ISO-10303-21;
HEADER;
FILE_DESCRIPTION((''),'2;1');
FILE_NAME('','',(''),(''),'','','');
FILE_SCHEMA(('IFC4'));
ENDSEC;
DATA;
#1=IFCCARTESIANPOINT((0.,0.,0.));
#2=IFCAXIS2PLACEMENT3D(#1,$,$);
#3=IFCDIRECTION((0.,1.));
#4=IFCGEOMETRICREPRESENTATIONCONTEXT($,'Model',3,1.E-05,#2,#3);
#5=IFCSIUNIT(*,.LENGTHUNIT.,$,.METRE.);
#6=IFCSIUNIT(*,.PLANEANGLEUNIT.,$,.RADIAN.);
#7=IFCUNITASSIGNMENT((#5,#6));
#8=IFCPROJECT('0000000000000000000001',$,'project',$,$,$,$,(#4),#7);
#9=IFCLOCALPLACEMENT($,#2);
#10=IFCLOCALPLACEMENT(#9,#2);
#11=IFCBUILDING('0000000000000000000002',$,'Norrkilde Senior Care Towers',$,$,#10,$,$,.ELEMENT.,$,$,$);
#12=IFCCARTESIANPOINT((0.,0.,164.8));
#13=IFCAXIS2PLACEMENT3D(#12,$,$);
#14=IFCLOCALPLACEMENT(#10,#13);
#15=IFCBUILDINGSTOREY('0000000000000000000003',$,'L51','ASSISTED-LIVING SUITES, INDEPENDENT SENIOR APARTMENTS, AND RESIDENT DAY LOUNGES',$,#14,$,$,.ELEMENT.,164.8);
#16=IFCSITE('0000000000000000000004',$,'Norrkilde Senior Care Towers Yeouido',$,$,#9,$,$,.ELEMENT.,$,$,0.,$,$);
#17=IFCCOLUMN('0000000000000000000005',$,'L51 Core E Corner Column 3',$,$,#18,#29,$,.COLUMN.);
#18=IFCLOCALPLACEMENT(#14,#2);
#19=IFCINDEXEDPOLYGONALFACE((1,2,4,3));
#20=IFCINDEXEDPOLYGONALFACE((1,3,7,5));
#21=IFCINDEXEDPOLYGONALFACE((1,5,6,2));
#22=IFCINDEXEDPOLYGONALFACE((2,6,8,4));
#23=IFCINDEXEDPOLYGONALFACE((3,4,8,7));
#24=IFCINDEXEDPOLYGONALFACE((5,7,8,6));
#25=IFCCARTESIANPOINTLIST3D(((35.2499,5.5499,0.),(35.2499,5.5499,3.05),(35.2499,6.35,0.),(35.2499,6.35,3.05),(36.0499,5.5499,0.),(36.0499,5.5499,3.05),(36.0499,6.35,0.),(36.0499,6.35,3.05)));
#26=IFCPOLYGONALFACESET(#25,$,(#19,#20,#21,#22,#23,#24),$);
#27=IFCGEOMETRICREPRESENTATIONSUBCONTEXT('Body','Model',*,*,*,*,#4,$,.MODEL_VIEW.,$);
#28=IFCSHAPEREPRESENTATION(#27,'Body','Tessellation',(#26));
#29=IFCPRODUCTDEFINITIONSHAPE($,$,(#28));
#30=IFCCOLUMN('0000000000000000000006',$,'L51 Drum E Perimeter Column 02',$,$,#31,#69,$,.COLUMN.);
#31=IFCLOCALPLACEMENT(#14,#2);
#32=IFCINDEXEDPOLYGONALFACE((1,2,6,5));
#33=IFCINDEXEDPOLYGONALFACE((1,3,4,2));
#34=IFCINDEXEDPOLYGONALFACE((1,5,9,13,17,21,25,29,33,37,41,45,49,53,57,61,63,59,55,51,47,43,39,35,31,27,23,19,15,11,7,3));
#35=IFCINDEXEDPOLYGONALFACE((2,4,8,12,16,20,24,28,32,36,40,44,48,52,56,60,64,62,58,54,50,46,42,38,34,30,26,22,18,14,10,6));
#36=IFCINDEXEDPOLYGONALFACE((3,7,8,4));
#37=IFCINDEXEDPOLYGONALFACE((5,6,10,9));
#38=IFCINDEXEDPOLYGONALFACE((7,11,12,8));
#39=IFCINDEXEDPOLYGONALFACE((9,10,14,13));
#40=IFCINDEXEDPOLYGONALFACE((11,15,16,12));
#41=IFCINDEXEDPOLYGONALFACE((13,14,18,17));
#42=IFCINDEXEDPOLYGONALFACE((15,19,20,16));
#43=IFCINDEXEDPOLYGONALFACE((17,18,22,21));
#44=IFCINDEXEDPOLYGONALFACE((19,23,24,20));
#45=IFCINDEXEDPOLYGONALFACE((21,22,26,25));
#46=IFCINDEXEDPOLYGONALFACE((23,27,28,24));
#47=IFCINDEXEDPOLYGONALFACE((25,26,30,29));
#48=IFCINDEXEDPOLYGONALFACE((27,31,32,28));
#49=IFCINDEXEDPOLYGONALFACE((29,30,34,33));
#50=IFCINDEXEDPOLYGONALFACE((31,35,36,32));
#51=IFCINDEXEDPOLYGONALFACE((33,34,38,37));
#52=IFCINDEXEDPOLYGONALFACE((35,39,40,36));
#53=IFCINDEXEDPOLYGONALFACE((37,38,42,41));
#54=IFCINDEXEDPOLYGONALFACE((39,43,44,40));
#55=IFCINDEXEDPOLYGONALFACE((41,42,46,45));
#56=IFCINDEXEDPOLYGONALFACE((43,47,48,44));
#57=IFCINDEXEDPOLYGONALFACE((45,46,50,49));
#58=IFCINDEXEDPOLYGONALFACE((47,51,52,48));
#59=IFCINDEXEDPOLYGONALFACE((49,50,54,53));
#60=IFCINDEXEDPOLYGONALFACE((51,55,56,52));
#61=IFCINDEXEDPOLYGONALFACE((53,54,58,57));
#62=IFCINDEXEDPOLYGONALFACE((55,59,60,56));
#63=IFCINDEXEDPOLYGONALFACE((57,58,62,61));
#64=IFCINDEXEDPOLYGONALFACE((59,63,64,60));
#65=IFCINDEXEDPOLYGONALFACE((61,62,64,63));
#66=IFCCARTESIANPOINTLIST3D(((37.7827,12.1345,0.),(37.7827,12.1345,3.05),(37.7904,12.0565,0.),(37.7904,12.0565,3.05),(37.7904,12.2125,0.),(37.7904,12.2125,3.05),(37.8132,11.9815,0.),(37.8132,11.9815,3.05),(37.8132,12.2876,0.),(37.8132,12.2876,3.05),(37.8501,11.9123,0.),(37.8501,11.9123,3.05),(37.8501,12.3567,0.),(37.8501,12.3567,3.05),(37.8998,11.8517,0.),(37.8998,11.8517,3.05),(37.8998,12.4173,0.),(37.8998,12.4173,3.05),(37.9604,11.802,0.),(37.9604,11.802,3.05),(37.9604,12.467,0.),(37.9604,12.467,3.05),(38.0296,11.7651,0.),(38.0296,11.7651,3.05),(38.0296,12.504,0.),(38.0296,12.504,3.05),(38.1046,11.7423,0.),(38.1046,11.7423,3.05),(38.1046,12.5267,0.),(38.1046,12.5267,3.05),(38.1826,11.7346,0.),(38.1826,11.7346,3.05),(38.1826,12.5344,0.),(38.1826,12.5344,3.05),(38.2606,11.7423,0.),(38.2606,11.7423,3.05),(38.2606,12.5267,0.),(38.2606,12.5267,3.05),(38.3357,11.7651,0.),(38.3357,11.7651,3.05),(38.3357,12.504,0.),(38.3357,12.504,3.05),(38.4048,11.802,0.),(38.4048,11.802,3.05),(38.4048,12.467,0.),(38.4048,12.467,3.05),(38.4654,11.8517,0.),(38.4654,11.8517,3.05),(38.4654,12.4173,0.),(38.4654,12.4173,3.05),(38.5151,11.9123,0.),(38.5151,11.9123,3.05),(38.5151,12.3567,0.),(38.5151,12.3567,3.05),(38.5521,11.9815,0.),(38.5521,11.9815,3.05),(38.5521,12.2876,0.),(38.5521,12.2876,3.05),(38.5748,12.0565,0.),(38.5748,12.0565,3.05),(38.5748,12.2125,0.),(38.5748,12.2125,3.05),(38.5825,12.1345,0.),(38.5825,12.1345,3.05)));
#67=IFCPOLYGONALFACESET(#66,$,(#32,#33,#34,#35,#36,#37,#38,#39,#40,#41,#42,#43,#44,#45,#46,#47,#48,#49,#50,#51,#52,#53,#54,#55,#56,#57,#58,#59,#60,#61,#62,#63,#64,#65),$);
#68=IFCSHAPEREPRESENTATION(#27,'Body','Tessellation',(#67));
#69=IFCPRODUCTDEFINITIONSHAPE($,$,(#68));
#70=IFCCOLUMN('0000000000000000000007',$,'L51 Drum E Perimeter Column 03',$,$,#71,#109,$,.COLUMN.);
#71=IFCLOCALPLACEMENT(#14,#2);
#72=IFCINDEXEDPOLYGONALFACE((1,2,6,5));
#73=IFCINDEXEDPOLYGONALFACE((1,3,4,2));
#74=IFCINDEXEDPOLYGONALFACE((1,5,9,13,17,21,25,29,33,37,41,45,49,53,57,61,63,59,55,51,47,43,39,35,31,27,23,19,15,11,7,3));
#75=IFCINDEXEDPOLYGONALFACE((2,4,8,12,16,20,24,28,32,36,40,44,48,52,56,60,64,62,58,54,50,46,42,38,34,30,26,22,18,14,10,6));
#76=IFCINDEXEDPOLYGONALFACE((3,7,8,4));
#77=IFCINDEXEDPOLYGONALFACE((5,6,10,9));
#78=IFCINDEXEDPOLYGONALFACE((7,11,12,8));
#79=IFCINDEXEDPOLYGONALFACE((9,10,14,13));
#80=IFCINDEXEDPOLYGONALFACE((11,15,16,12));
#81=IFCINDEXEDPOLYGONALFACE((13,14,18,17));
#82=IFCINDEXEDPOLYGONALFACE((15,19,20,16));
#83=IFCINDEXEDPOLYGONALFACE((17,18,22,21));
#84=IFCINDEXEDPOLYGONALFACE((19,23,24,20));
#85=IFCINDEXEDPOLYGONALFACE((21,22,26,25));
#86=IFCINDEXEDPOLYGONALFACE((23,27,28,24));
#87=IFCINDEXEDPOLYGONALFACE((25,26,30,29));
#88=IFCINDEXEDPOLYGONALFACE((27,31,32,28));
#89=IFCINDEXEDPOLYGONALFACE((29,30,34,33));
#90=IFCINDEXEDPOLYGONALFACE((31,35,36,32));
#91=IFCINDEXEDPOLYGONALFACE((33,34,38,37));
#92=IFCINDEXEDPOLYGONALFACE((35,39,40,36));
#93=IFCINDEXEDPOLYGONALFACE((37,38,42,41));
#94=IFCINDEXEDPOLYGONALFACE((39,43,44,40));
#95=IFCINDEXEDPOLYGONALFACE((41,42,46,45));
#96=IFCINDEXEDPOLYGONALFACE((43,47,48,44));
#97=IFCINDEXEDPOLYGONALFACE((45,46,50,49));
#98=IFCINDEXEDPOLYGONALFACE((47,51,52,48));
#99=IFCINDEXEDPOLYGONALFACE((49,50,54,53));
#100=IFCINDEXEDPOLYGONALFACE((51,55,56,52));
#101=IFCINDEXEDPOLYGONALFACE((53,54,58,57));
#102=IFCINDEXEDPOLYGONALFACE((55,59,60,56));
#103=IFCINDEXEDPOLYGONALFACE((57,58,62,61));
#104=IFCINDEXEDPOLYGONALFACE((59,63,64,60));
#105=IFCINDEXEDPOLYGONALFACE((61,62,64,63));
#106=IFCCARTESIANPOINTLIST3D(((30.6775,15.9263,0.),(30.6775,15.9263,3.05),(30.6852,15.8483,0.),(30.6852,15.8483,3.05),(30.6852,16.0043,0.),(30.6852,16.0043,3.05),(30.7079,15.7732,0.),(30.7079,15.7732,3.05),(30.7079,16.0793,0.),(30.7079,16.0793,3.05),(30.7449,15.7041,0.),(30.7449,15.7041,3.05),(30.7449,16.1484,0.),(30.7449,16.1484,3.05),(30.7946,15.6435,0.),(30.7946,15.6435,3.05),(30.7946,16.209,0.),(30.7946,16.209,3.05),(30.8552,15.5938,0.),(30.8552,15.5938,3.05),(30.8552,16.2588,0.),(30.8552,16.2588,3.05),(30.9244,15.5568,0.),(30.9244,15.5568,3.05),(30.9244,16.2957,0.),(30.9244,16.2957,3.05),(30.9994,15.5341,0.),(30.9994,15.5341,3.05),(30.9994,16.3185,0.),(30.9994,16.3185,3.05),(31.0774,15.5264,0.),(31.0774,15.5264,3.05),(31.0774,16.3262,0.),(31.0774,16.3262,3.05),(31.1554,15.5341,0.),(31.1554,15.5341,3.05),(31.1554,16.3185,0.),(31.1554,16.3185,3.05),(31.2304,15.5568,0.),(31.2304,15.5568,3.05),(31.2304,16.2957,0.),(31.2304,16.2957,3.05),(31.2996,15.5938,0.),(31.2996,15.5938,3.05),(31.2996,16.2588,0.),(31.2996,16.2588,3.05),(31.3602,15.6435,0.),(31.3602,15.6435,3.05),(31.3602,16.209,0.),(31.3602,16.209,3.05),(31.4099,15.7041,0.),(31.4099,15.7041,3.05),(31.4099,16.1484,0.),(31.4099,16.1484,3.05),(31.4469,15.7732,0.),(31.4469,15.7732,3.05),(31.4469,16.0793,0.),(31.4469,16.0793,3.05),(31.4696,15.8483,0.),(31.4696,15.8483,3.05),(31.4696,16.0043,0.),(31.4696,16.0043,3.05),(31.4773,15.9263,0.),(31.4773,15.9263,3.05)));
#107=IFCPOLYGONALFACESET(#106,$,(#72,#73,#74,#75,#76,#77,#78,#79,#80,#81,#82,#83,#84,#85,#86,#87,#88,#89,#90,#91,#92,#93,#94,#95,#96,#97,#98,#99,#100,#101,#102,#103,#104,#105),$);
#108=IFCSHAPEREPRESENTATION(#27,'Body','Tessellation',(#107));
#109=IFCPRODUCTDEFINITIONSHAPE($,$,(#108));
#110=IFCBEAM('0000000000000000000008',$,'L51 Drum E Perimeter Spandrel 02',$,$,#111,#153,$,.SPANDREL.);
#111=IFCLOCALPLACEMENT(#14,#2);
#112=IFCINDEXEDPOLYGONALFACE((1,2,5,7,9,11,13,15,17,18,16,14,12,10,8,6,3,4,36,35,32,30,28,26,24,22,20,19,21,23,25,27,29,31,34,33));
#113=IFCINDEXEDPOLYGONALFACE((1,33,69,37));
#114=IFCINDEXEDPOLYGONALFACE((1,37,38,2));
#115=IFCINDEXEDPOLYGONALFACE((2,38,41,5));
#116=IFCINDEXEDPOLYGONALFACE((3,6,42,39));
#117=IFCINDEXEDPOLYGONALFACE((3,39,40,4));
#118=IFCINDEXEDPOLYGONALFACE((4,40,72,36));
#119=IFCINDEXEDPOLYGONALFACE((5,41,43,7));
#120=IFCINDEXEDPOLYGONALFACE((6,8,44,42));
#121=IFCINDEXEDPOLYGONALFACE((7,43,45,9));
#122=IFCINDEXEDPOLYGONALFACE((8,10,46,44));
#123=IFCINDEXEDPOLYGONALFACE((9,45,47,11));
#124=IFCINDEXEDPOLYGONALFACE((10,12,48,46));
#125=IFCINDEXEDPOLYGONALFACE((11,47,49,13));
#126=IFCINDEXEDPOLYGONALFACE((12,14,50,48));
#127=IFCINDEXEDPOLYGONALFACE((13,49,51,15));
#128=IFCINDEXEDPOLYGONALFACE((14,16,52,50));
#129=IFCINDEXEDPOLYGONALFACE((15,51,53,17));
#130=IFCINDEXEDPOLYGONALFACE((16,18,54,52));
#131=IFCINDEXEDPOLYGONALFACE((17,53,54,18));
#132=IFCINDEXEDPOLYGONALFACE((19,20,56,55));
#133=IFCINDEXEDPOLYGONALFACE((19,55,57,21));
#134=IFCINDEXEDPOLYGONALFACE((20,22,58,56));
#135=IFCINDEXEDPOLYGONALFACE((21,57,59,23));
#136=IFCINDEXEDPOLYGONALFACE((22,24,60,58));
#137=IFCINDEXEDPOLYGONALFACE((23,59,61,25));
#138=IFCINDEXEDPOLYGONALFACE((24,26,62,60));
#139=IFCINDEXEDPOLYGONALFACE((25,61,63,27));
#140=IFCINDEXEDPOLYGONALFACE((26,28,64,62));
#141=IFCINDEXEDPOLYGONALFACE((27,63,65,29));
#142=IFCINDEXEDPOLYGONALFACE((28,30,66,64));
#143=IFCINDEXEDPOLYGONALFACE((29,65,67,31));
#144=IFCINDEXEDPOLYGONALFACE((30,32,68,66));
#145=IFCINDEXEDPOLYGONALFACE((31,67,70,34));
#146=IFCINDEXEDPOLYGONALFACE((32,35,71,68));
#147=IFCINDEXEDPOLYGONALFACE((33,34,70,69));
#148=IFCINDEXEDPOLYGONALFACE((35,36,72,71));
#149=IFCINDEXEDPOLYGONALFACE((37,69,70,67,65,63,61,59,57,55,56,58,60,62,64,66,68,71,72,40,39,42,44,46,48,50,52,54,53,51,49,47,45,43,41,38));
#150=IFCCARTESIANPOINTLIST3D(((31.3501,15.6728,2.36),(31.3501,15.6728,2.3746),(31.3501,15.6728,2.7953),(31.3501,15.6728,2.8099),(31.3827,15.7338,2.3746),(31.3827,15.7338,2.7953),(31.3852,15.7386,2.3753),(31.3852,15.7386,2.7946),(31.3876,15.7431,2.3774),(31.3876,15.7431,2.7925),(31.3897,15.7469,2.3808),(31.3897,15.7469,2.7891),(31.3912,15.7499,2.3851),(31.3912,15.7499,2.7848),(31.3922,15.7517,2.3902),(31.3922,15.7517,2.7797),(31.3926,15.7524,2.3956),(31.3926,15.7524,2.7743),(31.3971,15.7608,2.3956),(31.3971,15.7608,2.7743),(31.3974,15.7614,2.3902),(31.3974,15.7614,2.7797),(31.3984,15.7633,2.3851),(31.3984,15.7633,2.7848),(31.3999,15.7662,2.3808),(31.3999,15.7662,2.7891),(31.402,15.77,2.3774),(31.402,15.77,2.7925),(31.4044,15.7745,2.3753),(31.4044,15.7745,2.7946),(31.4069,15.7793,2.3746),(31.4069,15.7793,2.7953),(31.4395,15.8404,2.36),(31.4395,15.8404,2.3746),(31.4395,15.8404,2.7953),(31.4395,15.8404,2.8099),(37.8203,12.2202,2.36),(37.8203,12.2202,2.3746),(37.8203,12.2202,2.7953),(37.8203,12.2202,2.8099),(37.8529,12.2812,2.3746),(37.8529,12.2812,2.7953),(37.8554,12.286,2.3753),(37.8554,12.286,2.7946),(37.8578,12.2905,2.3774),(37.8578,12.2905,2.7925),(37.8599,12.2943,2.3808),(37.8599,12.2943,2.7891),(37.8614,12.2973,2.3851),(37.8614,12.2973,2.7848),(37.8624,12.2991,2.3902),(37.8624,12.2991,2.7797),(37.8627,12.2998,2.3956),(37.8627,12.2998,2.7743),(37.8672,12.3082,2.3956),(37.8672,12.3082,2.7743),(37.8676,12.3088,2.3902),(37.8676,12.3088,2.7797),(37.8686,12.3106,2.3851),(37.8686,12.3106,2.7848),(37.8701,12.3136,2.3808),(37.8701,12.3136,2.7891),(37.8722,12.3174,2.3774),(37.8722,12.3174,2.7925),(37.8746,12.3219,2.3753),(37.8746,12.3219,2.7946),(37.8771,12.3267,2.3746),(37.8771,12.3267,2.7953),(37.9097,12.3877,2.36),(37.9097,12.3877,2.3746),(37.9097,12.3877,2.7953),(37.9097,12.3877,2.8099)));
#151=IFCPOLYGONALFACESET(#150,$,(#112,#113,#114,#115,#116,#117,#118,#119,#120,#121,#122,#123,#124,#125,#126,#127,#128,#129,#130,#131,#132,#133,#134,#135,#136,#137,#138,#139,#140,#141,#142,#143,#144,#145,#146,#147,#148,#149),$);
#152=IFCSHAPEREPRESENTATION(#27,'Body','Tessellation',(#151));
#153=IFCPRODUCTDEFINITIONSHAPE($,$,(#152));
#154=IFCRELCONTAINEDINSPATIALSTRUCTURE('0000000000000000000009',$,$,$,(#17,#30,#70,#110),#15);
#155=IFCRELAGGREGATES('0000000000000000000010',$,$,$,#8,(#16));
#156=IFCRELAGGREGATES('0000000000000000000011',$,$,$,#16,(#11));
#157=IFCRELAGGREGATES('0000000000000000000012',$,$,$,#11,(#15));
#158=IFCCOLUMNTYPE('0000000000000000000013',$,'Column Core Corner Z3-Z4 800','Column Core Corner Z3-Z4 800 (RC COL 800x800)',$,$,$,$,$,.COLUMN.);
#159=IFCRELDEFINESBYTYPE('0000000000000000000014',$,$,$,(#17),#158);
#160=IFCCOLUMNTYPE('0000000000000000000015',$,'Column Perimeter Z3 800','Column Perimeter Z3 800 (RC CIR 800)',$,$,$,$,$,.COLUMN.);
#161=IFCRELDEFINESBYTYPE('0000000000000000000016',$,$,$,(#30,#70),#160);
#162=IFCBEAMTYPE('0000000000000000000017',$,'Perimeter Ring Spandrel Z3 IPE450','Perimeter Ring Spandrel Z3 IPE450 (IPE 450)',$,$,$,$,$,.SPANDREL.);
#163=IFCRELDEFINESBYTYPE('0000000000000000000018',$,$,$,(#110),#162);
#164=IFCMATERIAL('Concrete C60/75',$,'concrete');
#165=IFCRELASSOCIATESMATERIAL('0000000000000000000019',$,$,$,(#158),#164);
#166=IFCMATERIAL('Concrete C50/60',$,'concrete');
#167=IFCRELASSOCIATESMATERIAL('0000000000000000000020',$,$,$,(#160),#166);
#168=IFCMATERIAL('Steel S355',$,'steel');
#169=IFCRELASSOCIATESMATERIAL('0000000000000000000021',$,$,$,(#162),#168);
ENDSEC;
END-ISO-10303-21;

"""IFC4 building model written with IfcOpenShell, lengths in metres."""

from ifc_helpers import new_model, si_unit, direction, frame, origin, origin_2d, place, context, subcontext, project, spatial, rectangle, circle, i_section, extrude, source, transform, mapped, material, material_profile, profile_set, type_object, type_shapes, element, save


model = new_model("IFC4")

# Units and contexts
model_context = context("Model", 3, precision=1e-05, world=origin(), true_north=direction((0.0, 1.0)))
body_context = subcontext(model_context, "Body", "Model", "MODEL_VIEW")
ifc_project = project(units=[si_unit("LENGTHUNIT", "METRE"), si_unit("PLANEANGLEUNIT", "RADIAN")], contexts=[model_context])

# Site, building, storey
site_placement = place(None, origin())
site = spatial("IfcSite", under=ifc_project, at=site_placement, Name="Norrkilde Senior Care Towers Yeouido", CompositionType="ELEMENT", RefElevation=0.0)
building_placement = place(site_placement, origin())
building = spatial("IfcBuilding", under=site, at=building_placement, Name="Norrkilde Senior Care Towers", CompositionType="ELEMENT")
storey_placement = place(building_placement, frame((0.0, 0.0, 164.8)))
storey = spatial("IfcBuildingStorey", under=building, at=storey_placement, Name="L51", Description="ASSISTED-LIVING SUITES, INDEPENDENT SENIOR APARTMENTS, AND RESIDENT DAY LOUNGES", CompositionType="ELEMENT", Elevation=164.8)

# Columns
ifc_material_1 = material(Name="Concrete C60/75", Category="concrete")
ifc_material_profile_1 = material_profile(ifc_material_1, rectangle(XDim=0.8, YDim=0.8, at=origin_2d()), Name="RC COL 800x800")
ifc_profile_set_1 = profile_set([ifc_material_profile_1], Name="Concrete C60/75")
column_type_1 = type_object("IfcColumnType", Name="Column Core Corner Z3-Z4 800", Description="Column Core Corner Z3-Z4 800 (RC COL 800x800)", PredefinedType="COLUMN", material=ifc_profile_set_1)
shared_shape_1 = source(origin(), body_context, "Body", "SweptSolid", [
    extrude(rectangle(XDim=0.8, YDim=0.8, at=origin_2d()), origin(), (0.0, 0.0, 1.0), 3.05),
])
type_shapes(column_type_1, [shared_shape_1])
column_placement = place(storey_placement, frame((35.6499, 5.95, 0.0), z_axis=(0.0, 0.0, 1.0), x_axis=(1.0, 0.0, 0.0)))
element("IfcColumn", 1, at=column_placement, inside=storey, type_object=column_type_1, Name="L51 Core E Corner Column 3", PredefinedType="COLUMN", context=body_context, shape_type="MappedRepresentation", body=[
    mapped(shared_shape_1, transform((0.0, 0.0, 0.0), x_axis=(1.0, 0.0, 0.0), y_axis=(0.0, 1.0, 0.0), z_axis=(0.0, 0.0, 1.0), scale=1.0)),
])
ifc_material_2 = material(Name="Concrete C50/60", Category="concrete")
ifc_material_profile_2 = material_profile(ifc_material_2, circle(Radius=0.3999, at=origin_2d()), Name="RC CIR 800")
ifc_profile_set_2 = profile_set([ifc_material_profile_2], Name="Concrete C50/60")
column_type_2 = type_object("IfcColumnType", Name="Column Perimeter Z3 800", Description="Column Perimeter Z3 800 (RC CIR 800)", PredefinedType="COLUMN", material=ifc_profile_set_2)
shared_shape_2 = source(origin(), body_context, "Body", "SweptSolid", [
    extrude(circle(Radius=0.3999, at=origin_2d()), origin(), (0.0, 0.0, 1.0), 3.05),
])
type_shapes(column_type_2, [shared_shape_2])
for number, where, z_axis, x_axis, name in (
    (2, (38.1826, 12.1345, 0.0), (0.0, 0.0, 1.0), (1.0, 0.0, 0.0), "L51 Drum E Perimeter Column 02"),
    (3, (31.0774, 15.9263, 0.0), (0.0, 0.0, 1.0), (1.0, 0.0, 0.0), "L51 Drum E Perimeter Column 03"),
):
    element("IfcColumn", number, at=place(storey_placement, frame(where, z_axis=z_axis, x_axis=x_axis)), inside=storey, type_object=column_type_2, Name=name, PredefinedType="COLUMN", context=body_context, shape_type="MappedRepresentation", body=[
        mapped(shared_shape_2, transform((0.0, 0.0, 0.0), x_axis=(1.0, 0.0, 0.0), y_axis=(0.0, 1.0, 0.0), z_axis=(0.0, 0.0, 1.0), scale=1.0)),
    ])

# Beam
ifc_material_3 = material(Name="Steel S355", Category="steel")
ifc_material_profile_3 = material_profile(ifc_material_3, i_section(OverallWidth=0.1899, OverallDepth=0.45, WebThickness=0.0095, FlangeThickness=0.0146, FilletRadius=0.021, at=origin_2d()), Name="IPE 450")
ifc_profile_set_3 = profile_set([ifc_material_profile_3], Name="Steel S355")
beam_type_1 = type_object("IfcBeamType", Name="Perimeter Ring Spandrel Z3 IPE450", Description="Perimeter Ring Spandrel Z3 IPE450 (IPE 450)", PredefinedType="SPANDREL", material=ifc_profile_set_3)
shared_shape_3 = source(origin(), body_context, "Body", "SweptSolid", [
    extrude(i_section(OverallWidth=0.1899, OverallDepth=0.45, WebThickness=0.0095, FlangeThickness=0.0146, FilletRadius=0.021, at=origin_2d()), origin(), (0.0, 0.0, 1.0), 7.3337),
])
beam_1_placement = place(storey_placement, frame((37.865, 12.304, 2.585), z_axis=(-0.882248, 0.470785, 0.0), x_axis=(-0.470785, -0.882248, 0.0)))
element("IfcBeam", 4, at=beam_1_placement, inside=storey, type_object=beam_type_1, Name="L51 Drum E Perimeter Spandrel 02", PredefinedType="SPANDREL", context=body_context, shape_type="MappedRepresentation", body=[
    mapped(shared_shape_3, transform((0.0, 0.0, 0.0), x_axis=(1.0, 0.0, 0.0), y_axis=(0.0, 1.0, 0.0), z_axis=(0.0, 0.0, 1.0), scale=1.0)),
])

save(model, "model.ifc")
